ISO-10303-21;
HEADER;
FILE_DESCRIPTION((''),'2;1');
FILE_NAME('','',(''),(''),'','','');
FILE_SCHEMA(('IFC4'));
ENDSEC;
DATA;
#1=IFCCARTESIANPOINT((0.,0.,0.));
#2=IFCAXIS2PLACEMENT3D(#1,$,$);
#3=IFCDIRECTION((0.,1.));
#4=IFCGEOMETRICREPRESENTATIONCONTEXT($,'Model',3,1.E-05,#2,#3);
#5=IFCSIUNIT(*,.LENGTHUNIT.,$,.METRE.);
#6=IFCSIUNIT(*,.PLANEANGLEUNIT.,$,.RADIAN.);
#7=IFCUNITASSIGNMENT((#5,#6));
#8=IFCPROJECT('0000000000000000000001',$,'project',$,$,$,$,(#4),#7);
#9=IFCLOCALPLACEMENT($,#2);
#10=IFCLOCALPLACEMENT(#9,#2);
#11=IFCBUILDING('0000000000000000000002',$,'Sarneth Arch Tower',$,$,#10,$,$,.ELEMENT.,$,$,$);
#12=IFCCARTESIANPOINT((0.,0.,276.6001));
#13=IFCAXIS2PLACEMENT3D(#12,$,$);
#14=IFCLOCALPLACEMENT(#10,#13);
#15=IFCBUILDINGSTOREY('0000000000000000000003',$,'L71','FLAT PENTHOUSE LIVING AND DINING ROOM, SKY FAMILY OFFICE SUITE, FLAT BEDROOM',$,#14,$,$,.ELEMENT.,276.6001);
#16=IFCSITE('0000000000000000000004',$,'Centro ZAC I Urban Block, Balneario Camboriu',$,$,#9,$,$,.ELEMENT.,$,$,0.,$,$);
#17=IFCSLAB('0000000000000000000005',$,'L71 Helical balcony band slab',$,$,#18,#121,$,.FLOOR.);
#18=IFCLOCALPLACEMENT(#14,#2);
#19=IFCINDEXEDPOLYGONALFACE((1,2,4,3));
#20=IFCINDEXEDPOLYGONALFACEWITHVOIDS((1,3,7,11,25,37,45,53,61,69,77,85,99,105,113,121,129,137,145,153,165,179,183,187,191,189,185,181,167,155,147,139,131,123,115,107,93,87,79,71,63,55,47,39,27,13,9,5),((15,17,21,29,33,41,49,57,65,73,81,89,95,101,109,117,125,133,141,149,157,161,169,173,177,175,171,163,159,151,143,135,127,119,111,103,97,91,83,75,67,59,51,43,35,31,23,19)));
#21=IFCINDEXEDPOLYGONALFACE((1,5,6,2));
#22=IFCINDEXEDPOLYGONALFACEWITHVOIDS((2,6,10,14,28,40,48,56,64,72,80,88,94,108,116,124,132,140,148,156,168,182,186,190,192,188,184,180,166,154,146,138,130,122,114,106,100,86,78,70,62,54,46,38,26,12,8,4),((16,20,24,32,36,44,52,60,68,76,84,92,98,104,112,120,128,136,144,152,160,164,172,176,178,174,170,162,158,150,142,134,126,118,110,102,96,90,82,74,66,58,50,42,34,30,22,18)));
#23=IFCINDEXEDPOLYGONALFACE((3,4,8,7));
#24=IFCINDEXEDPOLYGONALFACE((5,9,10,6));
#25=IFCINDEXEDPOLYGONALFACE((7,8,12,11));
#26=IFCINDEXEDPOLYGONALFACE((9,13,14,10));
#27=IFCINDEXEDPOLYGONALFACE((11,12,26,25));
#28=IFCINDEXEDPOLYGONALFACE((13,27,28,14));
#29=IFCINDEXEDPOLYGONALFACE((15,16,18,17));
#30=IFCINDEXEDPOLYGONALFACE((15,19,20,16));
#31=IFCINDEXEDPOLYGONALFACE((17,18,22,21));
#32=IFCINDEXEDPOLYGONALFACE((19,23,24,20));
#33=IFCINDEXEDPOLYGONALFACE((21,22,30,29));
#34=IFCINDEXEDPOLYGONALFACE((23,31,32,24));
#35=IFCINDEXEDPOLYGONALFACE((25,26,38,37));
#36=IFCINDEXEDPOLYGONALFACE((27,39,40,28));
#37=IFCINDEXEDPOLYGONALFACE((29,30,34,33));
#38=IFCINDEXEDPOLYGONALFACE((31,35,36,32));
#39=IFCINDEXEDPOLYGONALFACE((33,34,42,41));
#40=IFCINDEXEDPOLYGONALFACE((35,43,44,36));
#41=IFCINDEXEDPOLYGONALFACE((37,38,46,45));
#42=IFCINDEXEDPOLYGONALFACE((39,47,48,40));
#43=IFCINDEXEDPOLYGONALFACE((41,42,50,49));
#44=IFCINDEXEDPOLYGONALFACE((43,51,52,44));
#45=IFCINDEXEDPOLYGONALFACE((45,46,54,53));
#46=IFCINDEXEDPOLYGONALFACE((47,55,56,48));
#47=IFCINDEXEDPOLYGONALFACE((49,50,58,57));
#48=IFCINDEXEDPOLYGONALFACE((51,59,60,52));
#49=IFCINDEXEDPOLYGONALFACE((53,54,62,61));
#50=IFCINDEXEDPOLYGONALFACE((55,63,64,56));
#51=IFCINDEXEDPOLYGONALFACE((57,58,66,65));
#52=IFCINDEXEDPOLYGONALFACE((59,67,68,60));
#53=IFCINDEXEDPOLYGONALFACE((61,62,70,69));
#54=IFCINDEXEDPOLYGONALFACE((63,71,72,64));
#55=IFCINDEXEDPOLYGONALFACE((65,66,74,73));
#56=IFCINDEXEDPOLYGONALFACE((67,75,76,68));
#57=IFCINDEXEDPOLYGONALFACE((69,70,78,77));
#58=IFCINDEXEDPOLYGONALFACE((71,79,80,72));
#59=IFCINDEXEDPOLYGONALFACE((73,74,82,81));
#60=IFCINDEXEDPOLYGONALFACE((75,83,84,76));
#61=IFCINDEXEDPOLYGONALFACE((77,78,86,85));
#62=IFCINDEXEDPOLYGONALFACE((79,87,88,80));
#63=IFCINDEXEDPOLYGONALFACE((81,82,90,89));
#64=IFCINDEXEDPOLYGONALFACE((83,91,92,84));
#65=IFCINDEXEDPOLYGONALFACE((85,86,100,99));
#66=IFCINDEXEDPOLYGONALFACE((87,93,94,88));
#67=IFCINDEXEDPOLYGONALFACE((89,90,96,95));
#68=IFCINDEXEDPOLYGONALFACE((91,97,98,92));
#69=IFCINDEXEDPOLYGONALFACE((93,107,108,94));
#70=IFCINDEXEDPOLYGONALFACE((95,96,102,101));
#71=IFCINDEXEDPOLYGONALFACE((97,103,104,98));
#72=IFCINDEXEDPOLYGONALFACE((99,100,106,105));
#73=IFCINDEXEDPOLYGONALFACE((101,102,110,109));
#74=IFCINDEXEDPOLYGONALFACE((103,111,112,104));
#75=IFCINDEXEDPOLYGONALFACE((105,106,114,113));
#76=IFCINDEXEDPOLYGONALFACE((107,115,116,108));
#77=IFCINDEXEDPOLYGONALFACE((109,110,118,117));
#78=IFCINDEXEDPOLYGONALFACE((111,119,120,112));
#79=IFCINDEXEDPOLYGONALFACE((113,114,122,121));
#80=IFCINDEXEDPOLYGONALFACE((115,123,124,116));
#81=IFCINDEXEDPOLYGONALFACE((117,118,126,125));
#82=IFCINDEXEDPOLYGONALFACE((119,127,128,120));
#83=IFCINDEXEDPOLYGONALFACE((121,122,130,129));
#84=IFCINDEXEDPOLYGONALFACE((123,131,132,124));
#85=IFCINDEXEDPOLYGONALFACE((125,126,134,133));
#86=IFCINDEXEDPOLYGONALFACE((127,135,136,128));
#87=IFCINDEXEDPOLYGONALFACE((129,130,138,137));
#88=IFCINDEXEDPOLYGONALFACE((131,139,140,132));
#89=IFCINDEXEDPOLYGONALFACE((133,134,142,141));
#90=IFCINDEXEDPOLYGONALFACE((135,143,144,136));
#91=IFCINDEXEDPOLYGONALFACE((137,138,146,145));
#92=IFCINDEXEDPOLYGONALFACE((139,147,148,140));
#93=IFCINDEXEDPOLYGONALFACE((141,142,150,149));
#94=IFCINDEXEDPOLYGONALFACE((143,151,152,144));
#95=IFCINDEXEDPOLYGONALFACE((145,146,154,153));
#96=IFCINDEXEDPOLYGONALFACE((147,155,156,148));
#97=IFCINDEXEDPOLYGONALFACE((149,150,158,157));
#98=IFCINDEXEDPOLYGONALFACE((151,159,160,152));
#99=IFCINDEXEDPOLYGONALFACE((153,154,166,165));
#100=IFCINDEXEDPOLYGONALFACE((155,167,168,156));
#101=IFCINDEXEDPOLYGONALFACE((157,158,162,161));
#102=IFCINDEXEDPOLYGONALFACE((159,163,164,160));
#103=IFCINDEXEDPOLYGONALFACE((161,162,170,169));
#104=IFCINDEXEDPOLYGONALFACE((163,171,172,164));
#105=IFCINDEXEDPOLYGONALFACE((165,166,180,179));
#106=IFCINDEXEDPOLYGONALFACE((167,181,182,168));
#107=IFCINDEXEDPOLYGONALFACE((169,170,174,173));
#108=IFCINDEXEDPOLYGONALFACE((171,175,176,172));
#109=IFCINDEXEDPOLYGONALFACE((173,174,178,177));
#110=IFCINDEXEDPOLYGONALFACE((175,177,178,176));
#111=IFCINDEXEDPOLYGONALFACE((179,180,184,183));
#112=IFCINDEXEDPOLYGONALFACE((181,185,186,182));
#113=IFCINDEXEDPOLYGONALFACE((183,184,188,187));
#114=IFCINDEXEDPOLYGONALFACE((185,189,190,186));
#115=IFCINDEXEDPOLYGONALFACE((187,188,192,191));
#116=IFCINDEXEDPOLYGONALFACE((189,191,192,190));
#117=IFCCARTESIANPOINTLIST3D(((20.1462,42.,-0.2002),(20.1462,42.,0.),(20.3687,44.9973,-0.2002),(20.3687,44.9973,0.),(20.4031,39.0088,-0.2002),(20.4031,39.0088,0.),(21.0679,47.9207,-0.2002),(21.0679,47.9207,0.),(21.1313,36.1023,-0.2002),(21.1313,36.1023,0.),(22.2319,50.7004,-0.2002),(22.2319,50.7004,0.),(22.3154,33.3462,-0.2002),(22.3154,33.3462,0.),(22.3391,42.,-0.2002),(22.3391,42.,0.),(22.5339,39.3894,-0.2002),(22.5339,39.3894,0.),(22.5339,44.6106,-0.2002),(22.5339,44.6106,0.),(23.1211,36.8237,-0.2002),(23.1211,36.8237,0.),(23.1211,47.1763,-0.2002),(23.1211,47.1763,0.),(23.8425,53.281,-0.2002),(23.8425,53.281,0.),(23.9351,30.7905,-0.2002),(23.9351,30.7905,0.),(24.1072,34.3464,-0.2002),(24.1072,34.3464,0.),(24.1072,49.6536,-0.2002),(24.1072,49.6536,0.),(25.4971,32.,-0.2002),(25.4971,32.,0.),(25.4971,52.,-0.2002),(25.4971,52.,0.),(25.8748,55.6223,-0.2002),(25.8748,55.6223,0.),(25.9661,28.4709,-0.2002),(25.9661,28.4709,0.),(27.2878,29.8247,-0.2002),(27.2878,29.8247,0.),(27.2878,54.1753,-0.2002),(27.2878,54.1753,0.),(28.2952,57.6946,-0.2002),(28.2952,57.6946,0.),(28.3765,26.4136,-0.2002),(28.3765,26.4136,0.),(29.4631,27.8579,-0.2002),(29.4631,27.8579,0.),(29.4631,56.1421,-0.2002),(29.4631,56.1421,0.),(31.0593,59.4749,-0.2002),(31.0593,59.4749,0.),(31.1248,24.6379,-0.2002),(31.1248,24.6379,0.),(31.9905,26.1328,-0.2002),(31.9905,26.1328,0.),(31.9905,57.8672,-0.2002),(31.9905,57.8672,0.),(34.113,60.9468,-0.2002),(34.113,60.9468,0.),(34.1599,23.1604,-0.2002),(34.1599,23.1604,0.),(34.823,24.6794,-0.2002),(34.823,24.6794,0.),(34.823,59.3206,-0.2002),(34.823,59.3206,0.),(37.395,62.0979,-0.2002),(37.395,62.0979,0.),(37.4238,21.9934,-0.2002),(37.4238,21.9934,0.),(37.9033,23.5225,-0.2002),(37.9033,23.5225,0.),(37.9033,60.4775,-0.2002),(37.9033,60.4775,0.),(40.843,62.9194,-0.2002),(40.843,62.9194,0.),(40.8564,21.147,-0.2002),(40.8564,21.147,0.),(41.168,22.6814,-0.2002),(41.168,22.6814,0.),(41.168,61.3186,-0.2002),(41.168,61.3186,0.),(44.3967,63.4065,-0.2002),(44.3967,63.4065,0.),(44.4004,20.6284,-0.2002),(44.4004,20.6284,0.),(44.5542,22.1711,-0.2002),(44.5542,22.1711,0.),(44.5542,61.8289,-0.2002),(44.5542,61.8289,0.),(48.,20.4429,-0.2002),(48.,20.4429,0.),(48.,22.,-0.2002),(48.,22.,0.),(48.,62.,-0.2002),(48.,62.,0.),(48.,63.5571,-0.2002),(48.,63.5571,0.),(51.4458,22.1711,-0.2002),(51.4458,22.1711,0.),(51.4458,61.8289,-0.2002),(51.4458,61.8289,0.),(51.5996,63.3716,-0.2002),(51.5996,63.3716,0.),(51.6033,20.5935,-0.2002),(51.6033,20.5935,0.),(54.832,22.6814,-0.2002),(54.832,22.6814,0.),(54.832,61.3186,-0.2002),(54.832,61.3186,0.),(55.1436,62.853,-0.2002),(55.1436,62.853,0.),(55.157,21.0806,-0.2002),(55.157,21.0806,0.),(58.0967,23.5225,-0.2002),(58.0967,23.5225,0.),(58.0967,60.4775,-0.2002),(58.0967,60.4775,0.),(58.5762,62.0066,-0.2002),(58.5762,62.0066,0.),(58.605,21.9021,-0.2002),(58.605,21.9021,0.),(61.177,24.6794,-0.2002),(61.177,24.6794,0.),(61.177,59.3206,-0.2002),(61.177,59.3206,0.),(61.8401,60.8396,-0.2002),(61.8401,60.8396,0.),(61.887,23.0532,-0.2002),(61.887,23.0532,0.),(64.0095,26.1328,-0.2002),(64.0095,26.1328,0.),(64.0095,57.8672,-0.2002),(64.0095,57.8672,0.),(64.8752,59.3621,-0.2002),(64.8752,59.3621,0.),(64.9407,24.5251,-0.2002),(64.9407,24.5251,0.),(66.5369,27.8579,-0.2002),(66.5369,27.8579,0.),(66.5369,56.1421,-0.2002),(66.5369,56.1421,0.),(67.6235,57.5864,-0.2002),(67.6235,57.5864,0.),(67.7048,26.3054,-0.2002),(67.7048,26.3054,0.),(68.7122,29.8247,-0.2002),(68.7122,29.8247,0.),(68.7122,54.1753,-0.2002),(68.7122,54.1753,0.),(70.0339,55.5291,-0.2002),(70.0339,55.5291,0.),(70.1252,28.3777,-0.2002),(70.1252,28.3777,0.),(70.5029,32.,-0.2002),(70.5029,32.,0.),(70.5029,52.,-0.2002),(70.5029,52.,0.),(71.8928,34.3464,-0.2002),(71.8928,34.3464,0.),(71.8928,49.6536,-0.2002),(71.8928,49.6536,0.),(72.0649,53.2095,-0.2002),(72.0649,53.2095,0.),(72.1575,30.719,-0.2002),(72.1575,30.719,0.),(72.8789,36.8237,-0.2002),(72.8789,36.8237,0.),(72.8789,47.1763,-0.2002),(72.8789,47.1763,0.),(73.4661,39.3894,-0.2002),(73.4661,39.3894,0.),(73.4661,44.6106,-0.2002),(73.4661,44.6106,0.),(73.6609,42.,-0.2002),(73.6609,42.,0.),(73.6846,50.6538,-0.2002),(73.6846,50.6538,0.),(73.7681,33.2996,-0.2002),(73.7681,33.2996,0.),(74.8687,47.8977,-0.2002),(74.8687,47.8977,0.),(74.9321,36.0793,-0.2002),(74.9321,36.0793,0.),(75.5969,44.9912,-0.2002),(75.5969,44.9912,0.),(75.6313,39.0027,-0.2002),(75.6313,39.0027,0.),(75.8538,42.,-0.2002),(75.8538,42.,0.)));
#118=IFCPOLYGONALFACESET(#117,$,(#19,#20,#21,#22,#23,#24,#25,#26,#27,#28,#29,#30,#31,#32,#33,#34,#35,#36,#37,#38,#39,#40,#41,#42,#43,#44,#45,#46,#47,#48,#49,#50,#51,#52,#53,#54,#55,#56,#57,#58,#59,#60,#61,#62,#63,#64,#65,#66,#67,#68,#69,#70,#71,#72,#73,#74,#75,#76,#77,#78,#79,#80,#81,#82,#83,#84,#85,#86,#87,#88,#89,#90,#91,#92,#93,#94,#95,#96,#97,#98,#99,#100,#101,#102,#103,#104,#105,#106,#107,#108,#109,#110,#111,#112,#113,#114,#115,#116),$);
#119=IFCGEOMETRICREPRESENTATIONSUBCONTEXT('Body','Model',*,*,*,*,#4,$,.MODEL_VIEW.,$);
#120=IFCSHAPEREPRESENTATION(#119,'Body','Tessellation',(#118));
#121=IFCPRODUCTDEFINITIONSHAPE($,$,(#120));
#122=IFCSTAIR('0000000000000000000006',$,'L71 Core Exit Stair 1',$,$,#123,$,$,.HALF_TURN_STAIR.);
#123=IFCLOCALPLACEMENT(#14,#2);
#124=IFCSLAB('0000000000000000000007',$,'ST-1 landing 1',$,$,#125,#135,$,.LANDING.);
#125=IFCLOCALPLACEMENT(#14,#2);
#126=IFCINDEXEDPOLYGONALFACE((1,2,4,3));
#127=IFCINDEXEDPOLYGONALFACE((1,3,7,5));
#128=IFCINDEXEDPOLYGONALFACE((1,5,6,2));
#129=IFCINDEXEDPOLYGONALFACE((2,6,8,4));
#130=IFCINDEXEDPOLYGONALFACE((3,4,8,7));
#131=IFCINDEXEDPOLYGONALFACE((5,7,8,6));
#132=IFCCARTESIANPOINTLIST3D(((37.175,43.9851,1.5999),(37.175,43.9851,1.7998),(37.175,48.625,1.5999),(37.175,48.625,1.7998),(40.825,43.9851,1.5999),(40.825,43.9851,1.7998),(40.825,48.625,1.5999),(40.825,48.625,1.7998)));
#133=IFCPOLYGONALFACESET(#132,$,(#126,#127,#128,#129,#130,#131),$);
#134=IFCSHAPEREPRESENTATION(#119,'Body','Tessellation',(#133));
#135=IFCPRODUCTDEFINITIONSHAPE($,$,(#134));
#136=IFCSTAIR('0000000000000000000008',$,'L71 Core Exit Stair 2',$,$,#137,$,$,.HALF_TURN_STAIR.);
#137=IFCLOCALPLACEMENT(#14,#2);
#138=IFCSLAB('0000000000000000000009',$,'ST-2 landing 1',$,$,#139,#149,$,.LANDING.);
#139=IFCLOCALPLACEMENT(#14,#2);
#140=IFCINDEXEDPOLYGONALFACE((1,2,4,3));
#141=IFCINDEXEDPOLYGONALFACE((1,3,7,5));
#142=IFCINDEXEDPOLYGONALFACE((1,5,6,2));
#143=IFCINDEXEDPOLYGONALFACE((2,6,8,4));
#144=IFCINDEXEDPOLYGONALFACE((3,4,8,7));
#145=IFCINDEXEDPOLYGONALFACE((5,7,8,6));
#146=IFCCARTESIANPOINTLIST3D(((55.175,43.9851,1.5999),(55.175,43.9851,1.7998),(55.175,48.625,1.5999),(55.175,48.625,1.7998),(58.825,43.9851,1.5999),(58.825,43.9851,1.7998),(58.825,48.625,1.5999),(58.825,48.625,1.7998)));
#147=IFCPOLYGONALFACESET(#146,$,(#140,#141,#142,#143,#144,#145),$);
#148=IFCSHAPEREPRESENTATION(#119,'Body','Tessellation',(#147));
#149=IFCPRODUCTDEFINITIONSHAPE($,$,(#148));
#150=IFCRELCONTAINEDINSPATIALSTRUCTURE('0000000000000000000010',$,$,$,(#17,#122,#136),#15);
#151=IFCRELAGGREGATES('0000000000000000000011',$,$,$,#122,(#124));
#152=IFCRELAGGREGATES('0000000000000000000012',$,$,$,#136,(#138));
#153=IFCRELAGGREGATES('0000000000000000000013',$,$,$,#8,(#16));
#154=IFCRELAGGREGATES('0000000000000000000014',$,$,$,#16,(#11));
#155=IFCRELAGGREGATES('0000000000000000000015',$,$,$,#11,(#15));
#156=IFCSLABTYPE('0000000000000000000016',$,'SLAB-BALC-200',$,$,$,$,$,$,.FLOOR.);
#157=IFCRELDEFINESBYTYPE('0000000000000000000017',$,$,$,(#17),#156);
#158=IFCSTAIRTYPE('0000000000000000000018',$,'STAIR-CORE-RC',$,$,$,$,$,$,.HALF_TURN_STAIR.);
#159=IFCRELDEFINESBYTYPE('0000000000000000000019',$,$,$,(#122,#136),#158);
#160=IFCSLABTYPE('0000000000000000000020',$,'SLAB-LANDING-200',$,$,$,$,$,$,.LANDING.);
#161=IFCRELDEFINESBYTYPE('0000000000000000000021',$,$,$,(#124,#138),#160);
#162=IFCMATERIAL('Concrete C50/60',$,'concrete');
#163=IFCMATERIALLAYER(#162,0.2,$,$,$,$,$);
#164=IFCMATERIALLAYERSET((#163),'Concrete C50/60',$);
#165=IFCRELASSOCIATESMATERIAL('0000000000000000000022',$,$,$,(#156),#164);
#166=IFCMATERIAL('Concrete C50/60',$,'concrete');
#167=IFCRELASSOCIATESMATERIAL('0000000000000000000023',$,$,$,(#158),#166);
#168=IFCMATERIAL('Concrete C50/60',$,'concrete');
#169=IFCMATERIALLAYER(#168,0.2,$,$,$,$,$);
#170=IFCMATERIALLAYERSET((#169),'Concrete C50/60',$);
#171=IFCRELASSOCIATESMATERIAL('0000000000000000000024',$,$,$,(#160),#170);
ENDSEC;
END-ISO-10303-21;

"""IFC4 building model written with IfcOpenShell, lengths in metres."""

from ifc_helpers import new_model, si_unit, direction, frame, origin, place, context, subcontext, project, spatial, polyline, outline, extrude, material, layer, layer_set, type_object, element, aggregate, save


model = new_model("IFC4")

# Units and contexts
model_context = context("Model", 3, precision=1e-05, world=origin(), true_north=direction((0.0, 1.0)))
body_context = subcontext(model_context, "Body", "Model", "MODEL_VIEW")
ifc_project = project(units=[si_unit("LENGTHUNIT", "METRE"), si_unit("PLANEANGLEUNIT", "RADIAN")], contexts=[model_context])

# Site, building, storey
site_placement = place(None, origin())
site = spatial("IfcSite", under=ifc_project, at=site_placement, Name="Centro ZAC I Urban Block, Balneario Camboriu", CompositionType="ELEMENT", RefElevation=0.0)
building_placement = place(site_placement, origin())
building = spatial("IfcBuilding", under=site, at=building_placement, Name="Sarneth Arch Tower", CompositionType="ELEMENT")
storey_placement = place(building_placement, frame((0.0, 0.0, 276.6001)))
storey = spatial("IfcBuildingStorey", under=building, at=storey_placement, Name="L71", Description="FLAT PENTHOUSE LIVING AND DINING ROOM, SKY FAMILY OFFICE SUITE, FLAT BEDROOM", CompositionType="ELEMENT", Elevation=276.6001)

# Slab
ifc_material_1 = material(Name="Concrete C50/60", Category="concrete")
ifc_layer_1 = layer(ifc_material_1, 0.2)
ifc_layer_set_1 = layer_set([ifc_layer_1], Name="Concrete C50/60")
slab_type_1 = type_object("IfcSlabType", Name="SLAB-BALC-200", PredefinedType="FLOOR", material=ifc_layer_set_1)
slab_1_placement = place(storey_placement, frame((0.0, 0.0, -0.2002)))
element("IfcSlab", 1, at=slab_1_placement, inside=storey, type_object=slab_type_1, Name="L71 Helical balcony band slab", PredefinedType="FLOOR", context=body_context, shape_type="SweptSolid", body=[
    extrude(outline(polyline([(75.8538, 42.0), (75.5969, 44.9912), (74.8687, 47.8977), (73.6846, 50.6538), (72.0649, 53.2095), (70.0339, 55.5291), (67.6235, 57.5864), (64.8752, 59.3621), (61.8401, 60.8396), (58.5762, 62.0066), (55.1436, 62.853), (51.5996, 63.3716), (48.0, 63.5571), (44.3967, 63.4065), (40.843, 62.9194), (37.395, 62.0979), (34.113, 60.9468), (31.0593, 59.4749), (28.2952, 57.6946), (25.8748, 55.6223), (23.8425, 53.281), (22.2319, 50.7004), (21.0679, 47.9207), (20.3687, 44.9973), (20.1462, 42.0), (20.4031, 39.0088), (21.1313, 36.1023), (22.3154, 33.3462), (23.9351, 30.7905), (25.9661, 28.4709), (28.3765, 26.4136), (31.1248, 24.6379), (34.1599, 23.1604), (37.4238, 21.9934), (40.8564, 21.147), (44.4004, 20.6284), (48.0, 20.4429), (51.6033, 20.5935), (55.157, 21.0806), (58.605, 21.9021), (61.887, 23.0532), (64.9407, 24.5251), (67.7048, 26.3054), (70.1252, 28.3777), (72.1575, 30.719), (73.7681, 33.2996), (74.9321, 36.0793), (75.6313, 39.0027), (75.8538, 42.0)]), holes=[polyline([(73.6609, 42.0), (73.4661, 44.6106), (72.8789, 47.1763), (71.8928, 49.6536), (70.5029, 52.0), (68.7122, 54.1753), (66.5369, 56.1421), (64.0095, 57.8672), (61.177, 59.3206), (58.0967, 60.4775), (54.832, 61.3186), (51.4458, 61.8289), (48.0, 62.0), (44.5542, 61.8289), (41.168, 61.3186), (37.9033, 60.4775), (34.823, 59.3206), (31.9905, 57.8672), (29.4631, 56.1421), (27.2878, 54.1753), (25.4971, 52.0), (24.1072, 49.6536), (23.1211, 47.1763), (22.5339, 44.6106), (22.3391, 42.0), (22.5339, 39.3894), (23.1211, 36.8237), (24.1072, 34.3464), (25.4971, 32.0), (27.2878, 29.8247), (29.4631, 27.8579), (31.9905, 26.1328), (34.823, 24.6794), (37.9033, 23.5225), (41.168, 22.6814), (44.5542, 22.1711), (48.0, 22.0), (51.4458, 22.1711), (54.832, 22.6814), (58.0967, 23.5225), (61.177, 24.6794), (64.0095, 26.1328), (66.5369, 27.8579), (68.7122, 29.8247), (70.5029, 32.0), (71.8928, 34.3464), (72.8789, 36.8237), (73.4661, 39.3894), (73.6609, 42.0)])]), origin(), (0.0, 0.0, 1.0), 0.2002),
])

# Stairs, slabs
ifc_material_2 = material(Name="Concrete C50/60", Category="concrete")
stair_type = type_object("IfcStairType", Name="STAIR-CORE-RC", PredefinedType="HALF_TURN_STAIR", material=ifc_material_2)
stair_1_placement = place(storey_placement, origin())
stair_1 = element("IfcStair", 2, at=stair_1_placement, inside=storey, type_object=stair_type, Name="L71 Core Exit Stair 1", PredefinedType="HALF_TURN_STAIR")
ifc_material_3 = material(Name="Concrete C50/60", Category="concrete")
ifc_layer_2 = layer(ifc_material_3, 0.2)
ifc_layer_set_2 = layer_set([ifc_layer_2], Name="Concrete C50/60")
slab_type_2 = type_object("IfcSlabType", Name="SLAB-LANDING-200", PredefinedType="LANDING", material=ifc_layer_set_2)
slab_2_placement = place(storey_placement, frame((0.0, 0.0, 1.5999)))
slab_2 = element("IfcSlab", 3, at=slab_2_placement, type_object=slab_type_2, Name="ST-1 landing 1", PredefinedType="LANDING", context=body_context, shape_type="SweptSolid", body=[
    extrude(outline(polyline([(37.175, 43.9851), (40.825, 43.9851), (40.825, 48.625), (37.175, 48.625), (37.175, 43.9851)])), origin(), (0.0, 0.0, 1.0), 0.2),
])
aggregate(stair_1, [slab_2])
stair_2_placement = place(storey_placement, origin())
stair_2 = element("IfcStair", 4, at=stair_2_placement, inside=storey, type_object=stair_type, Name="L71 Core Exit Stair 2", PredefinedType="HALF_TURN_STAIR")
slab_3_placement = place(storey_placement, frame((0.0, 0.0, 1.5999)))
slab_3 = element("IfcSlab", 5, at=slab_3_placement, type_object=slab_type_2, Name="ST-2 landing 1", PredefinedType="LANDING", context=body_context, shape_type="SweptSolid", body=[
    extrude(outline(polyline([(55.175, 43.9851), (58.825, 43.9851), (58.825, 48.625), (55.175, 48.625), (55.175, 43.9851)])), origin(), (0.0, 0.0, 1.0), 0.2),
])
aggregate(stair_2, [slab_3])

save(model, "model.ifc")
